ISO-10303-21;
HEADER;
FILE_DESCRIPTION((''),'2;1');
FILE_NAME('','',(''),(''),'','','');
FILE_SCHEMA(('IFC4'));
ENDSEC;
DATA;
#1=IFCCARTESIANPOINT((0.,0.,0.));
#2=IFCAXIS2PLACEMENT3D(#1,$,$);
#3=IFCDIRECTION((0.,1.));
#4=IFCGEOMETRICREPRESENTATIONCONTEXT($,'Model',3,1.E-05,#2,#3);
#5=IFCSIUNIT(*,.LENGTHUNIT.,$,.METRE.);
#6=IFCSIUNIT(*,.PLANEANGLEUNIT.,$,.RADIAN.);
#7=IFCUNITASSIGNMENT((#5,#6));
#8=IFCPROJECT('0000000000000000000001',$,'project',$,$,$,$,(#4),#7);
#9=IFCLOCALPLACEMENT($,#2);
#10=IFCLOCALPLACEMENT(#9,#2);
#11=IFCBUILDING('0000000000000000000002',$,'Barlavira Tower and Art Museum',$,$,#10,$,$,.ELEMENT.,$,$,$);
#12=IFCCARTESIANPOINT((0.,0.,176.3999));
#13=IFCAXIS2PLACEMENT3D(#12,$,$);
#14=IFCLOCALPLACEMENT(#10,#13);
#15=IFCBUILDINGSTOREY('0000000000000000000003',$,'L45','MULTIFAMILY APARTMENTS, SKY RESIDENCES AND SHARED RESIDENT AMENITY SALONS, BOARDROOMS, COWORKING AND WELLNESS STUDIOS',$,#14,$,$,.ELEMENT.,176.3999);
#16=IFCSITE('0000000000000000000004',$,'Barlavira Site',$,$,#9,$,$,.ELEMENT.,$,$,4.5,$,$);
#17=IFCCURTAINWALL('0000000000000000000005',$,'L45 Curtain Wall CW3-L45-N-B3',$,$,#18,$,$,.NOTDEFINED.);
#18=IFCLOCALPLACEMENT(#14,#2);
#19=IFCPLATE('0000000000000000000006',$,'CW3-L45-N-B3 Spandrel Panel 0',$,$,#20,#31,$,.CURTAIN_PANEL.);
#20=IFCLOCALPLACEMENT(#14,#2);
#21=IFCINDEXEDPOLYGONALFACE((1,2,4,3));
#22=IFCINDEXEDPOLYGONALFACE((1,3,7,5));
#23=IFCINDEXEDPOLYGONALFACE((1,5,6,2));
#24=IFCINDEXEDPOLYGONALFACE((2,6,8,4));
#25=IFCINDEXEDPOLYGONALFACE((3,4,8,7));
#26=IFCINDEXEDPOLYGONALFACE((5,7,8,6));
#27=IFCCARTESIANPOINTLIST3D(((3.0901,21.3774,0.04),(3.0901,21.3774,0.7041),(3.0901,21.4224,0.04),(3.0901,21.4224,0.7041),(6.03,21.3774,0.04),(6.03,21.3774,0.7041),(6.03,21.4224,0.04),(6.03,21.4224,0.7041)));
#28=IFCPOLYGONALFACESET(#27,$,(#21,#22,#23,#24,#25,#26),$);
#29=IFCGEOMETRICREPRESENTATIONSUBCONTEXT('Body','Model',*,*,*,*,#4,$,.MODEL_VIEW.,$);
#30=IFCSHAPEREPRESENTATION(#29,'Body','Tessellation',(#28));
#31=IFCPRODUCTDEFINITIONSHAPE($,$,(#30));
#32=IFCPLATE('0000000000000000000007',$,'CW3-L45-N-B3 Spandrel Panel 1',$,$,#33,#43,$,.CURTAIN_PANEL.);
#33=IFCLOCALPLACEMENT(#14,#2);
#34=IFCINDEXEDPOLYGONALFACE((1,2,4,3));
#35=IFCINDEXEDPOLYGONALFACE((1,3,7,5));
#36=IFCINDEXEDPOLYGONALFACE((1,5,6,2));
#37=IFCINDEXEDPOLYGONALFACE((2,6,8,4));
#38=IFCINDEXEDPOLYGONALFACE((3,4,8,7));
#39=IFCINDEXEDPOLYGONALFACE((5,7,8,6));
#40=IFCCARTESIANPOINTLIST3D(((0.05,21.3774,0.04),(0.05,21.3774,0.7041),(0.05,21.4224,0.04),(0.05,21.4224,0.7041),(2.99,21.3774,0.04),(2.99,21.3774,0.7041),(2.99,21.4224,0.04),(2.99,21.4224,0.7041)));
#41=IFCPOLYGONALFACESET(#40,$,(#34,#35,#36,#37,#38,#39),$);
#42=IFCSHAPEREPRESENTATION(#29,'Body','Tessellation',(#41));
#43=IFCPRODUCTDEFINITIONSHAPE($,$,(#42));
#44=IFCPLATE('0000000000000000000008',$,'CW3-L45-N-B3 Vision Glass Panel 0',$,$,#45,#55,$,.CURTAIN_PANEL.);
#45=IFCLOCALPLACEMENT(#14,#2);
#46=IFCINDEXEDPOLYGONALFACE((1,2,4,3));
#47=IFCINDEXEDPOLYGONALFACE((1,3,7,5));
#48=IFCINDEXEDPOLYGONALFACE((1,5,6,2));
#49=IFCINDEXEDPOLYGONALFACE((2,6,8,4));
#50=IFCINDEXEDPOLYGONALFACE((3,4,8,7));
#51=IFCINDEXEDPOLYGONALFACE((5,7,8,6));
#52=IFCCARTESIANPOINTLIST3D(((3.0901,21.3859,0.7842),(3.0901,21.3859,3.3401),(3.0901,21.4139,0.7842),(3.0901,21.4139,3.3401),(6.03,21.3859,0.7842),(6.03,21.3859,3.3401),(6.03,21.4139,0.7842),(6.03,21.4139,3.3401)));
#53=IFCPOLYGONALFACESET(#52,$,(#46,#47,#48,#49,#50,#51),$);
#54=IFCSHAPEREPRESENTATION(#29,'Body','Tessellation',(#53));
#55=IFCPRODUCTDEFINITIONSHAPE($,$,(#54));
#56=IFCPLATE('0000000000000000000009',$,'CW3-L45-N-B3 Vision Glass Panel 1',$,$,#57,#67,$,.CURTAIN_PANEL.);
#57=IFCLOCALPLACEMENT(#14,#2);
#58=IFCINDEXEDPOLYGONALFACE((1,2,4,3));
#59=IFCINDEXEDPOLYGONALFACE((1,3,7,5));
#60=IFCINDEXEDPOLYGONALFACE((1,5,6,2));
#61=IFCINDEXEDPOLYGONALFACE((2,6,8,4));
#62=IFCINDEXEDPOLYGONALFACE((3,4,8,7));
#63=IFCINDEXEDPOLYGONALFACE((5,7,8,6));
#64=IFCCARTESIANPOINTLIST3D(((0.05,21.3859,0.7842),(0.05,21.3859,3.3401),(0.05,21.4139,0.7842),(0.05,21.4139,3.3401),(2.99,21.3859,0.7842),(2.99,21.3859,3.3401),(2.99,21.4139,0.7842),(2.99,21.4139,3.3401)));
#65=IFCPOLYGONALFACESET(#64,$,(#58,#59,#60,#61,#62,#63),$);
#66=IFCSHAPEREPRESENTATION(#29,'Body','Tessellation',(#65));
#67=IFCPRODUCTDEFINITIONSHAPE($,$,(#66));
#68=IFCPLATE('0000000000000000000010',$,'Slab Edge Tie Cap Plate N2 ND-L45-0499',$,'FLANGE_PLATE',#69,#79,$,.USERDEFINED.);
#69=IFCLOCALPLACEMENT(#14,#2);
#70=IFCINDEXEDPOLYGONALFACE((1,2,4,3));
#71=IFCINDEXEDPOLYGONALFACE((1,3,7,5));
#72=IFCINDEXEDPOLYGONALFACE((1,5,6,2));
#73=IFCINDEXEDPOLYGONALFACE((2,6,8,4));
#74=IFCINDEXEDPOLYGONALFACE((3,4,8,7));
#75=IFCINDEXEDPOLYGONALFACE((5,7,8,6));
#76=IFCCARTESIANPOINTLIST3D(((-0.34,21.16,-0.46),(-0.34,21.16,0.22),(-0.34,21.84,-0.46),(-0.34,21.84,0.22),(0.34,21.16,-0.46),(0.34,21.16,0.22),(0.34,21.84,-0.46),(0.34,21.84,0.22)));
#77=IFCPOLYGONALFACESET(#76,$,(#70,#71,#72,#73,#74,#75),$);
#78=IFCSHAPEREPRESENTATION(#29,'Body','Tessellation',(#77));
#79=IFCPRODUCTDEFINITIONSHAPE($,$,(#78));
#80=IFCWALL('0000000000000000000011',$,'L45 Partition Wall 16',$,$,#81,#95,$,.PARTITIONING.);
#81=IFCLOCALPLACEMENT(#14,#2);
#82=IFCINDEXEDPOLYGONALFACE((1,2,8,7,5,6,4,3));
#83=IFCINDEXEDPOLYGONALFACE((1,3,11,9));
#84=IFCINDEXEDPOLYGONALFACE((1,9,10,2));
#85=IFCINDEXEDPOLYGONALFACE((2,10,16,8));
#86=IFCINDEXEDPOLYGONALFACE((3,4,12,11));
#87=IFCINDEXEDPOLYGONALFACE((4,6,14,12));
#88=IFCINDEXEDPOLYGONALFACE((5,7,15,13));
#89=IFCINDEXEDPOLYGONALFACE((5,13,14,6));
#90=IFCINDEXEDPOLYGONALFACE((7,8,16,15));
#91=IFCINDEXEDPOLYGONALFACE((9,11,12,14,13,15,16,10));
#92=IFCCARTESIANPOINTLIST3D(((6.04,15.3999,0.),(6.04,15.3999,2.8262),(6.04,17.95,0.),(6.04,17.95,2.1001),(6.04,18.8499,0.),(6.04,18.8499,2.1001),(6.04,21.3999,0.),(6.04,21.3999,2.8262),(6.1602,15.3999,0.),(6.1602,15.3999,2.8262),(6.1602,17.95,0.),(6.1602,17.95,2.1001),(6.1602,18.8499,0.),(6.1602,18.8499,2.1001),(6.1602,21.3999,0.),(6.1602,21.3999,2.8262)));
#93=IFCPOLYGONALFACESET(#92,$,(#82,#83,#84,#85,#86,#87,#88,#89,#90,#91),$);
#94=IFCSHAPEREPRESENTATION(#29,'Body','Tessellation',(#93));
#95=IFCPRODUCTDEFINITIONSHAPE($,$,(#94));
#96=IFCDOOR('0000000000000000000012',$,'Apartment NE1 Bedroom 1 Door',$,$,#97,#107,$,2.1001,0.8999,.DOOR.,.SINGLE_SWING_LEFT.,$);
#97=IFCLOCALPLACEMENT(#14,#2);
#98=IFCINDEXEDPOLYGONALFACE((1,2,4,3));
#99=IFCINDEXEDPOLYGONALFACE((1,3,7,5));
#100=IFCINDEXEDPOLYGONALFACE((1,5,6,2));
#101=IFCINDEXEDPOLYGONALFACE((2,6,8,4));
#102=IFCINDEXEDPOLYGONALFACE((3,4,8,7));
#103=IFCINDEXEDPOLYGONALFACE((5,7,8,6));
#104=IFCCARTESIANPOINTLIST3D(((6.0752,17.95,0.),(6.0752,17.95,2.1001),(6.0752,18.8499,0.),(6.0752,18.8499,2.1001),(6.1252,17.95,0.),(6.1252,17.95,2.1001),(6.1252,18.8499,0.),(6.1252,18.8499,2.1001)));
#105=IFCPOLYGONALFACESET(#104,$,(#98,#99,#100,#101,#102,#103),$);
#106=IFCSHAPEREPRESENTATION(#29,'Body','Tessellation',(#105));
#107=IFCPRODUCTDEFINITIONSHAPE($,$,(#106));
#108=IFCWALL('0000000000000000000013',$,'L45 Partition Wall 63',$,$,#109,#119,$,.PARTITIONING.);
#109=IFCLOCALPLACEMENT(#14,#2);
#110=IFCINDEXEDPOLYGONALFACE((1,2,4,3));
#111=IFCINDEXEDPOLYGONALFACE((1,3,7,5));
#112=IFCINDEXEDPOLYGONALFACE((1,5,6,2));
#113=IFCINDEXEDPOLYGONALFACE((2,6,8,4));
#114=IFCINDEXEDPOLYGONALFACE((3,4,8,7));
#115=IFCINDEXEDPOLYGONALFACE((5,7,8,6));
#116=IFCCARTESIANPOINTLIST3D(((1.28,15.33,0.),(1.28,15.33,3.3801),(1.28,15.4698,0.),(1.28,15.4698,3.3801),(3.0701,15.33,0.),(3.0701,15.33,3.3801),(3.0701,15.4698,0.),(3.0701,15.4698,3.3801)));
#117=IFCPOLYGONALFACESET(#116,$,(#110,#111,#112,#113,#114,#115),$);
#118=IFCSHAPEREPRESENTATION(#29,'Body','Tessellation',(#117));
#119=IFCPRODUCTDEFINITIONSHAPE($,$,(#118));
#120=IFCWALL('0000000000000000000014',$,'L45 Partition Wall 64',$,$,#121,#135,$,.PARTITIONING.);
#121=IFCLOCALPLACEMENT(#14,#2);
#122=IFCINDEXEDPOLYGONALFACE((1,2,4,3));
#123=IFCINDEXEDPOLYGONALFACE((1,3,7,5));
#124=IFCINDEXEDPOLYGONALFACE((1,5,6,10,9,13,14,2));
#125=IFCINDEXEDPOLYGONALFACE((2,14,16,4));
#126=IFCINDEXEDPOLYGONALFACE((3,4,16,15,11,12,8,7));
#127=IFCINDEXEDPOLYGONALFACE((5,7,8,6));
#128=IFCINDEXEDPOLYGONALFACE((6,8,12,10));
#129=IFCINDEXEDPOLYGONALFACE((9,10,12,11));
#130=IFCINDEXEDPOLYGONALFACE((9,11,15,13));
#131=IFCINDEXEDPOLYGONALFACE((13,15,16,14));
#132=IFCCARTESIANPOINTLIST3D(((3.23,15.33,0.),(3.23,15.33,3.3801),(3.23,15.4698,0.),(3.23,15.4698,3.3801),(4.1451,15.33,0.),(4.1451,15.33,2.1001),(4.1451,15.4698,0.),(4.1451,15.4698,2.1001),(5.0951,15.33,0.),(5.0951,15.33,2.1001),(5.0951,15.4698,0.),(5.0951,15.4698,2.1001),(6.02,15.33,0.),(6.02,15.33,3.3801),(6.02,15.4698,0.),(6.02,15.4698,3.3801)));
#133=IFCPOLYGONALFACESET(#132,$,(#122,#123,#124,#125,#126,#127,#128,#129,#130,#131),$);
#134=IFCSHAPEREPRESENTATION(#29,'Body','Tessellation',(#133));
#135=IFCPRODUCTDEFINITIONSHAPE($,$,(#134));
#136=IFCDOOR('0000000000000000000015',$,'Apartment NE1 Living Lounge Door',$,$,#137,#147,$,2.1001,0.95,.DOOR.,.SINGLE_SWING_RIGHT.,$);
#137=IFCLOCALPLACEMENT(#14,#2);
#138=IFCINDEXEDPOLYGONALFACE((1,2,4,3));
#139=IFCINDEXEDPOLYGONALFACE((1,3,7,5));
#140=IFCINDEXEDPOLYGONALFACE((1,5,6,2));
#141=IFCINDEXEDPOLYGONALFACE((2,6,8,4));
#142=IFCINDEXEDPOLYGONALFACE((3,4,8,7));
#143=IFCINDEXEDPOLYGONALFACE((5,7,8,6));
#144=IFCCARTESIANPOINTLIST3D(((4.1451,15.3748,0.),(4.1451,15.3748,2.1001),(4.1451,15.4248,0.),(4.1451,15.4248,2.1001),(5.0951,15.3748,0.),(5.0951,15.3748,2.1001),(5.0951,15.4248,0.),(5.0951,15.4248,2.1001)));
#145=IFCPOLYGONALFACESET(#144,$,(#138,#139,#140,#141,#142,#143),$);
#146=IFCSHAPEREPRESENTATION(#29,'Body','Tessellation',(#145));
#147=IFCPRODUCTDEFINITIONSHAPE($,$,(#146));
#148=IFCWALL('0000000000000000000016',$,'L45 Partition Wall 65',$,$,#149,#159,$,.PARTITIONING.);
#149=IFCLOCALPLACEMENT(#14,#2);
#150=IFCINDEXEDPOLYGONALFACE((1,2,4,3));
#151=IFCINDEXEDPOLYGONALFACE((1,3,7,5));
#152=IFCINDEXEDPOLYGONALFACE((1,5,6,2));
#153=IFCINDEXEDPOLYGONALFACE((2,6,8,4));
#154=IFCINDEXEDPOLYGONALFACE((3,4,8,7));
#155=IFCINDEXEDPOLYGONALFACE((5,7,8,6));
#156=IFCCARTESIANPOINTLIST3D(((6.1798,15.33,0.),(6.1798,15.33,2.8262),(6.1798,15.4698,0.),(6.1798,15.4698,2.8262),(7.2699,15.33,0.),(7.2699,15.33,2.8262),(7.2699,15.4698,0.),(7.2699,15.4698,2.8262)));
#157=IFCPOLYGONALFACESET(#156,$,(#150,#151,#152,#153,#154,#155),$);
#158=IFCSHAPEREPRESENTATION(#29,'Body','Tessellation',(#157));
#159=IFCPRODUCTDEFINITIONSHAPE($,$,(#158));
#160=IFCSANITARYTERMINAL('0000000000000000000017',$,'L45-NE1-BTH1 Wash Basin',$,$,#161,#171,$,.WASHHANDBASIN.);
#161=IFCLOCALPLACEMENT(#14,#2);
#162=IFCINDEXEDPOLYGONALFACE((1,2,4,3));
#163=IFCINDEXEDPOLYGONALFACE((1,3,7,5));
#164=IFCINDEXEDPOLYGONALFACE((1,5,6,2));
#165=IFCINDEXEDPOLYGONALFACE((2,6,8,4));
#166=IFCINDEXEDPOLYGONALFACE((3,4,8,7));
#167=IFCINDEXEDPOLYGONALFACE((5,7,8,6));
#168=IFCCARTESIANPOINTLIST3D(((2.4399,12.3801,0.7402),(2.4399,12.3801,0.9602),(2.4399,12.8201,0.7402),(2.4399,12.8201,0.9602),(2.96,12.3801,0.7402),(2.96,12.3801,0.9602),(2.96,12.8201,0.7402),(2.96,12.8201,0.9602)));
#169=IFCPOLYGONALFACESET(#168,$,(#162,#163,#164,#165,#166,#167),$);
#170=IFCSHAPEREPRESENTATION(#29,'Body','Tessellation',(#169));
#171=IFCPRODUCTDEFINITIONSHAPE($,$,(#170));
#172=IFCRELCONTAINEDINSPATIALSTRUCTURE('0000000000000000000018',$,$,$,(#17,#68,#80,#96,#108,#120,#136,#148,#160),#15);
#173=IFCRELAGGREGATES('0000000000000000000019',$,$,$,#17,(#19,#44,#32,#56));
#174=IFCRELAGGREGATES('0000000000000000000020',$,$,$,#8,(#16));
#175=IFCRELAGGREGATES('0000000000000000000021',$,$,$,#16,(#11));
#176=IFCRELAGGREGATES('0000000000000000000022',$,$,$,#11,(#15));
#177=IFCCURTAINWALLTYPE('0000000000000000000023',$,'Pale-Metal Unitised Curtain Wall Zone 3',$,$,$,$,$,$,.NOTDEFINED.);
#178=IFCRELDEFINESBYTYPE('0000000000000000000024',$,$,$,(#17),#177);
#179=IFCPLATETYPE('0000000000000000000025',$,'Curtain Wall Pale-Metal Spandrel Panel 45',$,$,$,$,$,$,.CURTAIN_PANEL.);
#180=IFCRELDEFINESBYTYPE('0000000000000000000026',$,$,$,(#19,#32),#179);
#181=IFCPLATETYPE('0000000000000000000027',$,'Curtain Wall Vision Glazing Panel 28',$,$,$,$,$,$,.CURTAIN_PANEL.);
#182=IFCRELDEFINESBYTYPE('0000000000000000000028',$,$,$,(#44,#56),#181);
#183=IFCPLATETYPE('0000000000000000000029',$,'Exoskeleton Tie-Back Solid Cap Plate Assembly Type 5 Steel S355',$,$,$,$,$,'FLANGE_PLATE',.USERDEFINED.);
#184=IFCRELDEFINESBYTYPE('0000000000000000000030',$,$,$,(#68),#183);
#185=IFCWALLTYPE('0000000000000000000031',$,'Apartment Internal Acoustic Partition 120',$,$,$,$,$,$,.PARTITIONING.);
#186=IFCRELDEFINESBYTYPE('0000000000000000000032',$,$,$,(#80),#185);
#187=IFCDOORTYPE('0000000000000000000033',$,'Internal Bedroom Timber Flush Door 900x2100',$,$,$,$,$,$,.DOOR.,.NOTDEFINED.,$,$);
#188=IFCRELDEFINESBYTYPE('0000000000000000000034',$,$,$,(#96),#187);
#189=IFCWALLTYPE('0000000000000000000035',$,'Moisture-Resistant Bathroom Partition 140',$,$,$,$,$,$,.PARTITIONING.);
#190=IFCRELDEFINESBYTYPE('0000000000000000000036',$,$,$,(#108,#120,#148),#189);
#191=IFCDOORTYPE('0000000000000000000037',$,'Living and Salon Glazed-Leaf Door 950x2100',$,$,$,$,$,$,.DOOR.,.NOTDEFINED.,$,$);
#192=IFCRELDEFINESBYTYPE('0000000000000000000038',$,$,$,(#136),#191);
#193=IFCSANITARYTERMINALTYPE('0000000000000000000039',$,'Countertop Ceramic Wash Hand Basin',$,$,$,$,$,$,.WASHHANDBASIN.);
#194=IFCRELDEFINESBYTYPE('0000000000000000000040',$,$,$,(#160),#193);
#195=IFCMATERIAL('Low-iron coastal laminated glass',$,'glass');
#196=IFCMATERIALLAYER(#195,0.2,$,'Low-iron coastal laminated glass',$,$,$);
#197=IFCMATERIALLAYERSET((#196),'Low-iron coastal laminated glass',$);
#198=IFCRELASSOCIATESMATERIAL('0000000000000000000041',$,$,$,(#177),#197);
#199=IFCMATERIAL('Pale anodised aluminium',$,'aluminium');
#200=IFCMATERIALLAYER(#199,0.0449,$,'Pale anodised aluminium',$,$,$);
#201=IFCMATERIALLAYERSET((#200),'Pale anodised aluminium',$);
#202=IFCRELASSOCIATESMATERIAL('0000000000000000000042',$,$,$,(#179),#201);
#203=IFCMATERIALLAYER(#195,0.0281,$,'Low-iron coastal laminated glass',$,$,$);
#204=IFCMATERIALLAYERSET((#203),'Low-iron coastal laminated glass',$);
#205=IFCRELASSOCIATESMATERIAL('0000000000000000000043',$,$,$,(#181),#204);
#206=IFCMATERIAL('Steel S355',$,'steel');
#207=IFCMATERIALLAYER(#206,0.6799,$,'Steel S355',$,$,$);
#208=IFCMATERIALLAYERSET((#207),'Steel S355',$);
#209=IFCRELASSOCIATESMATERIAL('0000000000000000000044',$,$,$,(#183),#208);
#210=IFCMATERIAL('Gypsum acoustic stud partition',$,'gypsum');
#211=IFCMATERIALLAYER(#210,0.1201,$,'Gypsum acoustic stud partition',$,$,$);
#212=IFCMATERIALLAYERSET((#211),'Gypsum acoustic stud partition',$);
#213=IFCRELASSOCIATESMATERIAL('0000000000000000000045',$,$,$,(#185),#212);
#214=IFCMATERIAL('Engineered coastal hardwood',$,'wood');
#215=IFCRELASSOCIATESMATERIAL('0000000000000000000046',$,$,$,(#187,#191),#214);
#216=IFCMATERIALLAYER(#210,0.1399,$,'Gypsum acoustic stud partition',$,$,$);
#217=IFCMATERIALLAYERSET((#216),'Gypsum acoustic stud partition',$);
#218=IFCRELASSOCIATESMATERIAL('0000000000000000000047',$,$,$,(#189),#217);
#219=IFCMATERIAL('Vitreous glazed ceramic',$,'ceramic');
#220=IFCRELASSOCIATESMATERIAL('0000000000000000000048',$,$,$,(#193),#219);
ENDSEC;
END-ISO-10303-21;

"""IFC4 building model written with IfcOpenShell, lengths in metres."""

from ifc_helpers import new_model, si_unit, direction, frame, frame_2d, origin, origin_2d, place, context, subcontext, project, spatial, rectangle, extrude, material, layer, layer_set, type_object, element, fill, aggregate, save


model = new_model("IFC4")

# Units and contexts
model_context = context("Model", 3, precision=1e-05, world=origin(), true_north=direction((0.0, 1.0)))
body_context = subcontext(model_context, "Body", "Model", "MODEL_VIEW")
ifc_project = project(units=[si_unit("LENGTHUNIT", "METRE"), si_unit("PLANEANGLEUNIT", "RADIAN")], contexts=[model_context])

# Site, building, storey
site_placement = place(None, origin())
site = spatial("IfcSite", under=ifc_project, at=site_placement, Name="Barlavira Site", CompositionType="ELEMENT", RefElevation=4.5)
building_placement = place(site_placement, origin())
building = spatial("IfcBuilding", under=site, at=building_placement, Name="Barlavira Tower and Art Museum", CompositionType="ELEMENT")
storey_placement = place(building_placement, frame((0.0, 0.0, 176.3999)))
storey = spatial("IfcBuildingStorey", under=building, at=storey_placement, Name="L45", Description="MULTIFAMILY APARTMENTS, SKY RESIDENCES AND SHARED RESIDENT AMENITY SALONS, BOARDROOMS, COWORKING AND WELLNESS STUDIOS", CompositionType="ELEMENT", Elevation=176.3999)

# Curtain wall
ifc_material_1 = material(Name="Low-iron coastal laminated glass", Category="glass")
ifc_layer_1 = layer(ifc_material_1, 0.2, Name="Low-iron coastal laminated glass")
ifc_layer_set_1 = layer_set([ifc_layer_1], Name="Low-iron coastal laminated glass")
curtain_wall_type = type_object("IfcCurtainWallType", Name="Pale-Metal Unitised Curtain Wall Zone 3", PredefinedType="NOTDEFINED", material=ifc_layer_set_1)
curtain_wall_placement = place(storey_placement, origin())
curtain_wall = element("IfcCurtainWall", 1, at=curtain_wall_placement, inside=storey, type_object=curtain_wall_type, Name="L45 Curtain Wall CW3-L45-N-B3", PredefinedType="NOTDEFINED")
ifc_material_2 = material(Name="Pale anodised aluminium", Category="aluminium")

# Shared definitions
ifc_material_3 = material(Name="Steel S355", Category="steel")

# Plates
ifc_layer_2 = layer(ifc_material_2, 0.0449, Name="Pale anodised aluminium")
ifc_layer_set_2 = layer_set([ifc_layer_2], Name="Pale anodised aluminium")
plate_type_1 = type_object("IfcPlateType", Name="Curtain Wall Pale-Metal Spandrel Panel 45", PredefinedType="CURTAIN_PANEL", material=ifc_layer_set_2)
plate_1_placement = place(storey_placement, frame((4.5601, 21.3999, 0.04), z_axis=(0.0, 0.0, 1.0), x_axis=(-1.0, 0.0, 0.0)))
plate_1 = element("IfcPlate", 2, at=plate_1_placement, type_object=plate_type_1, Name="CW3-L45-N-B3 Spandrel Panel 0", PredefinedType="CURTAIN_PANEL", context=body_context, shape_type="SweptSolid", body=[
    extrude(rectangle(XDim=2.9399, YDim=0.0449, at=origin_2d()), origin(), (0.0, 0.0, 1.0), 0.6641),
])
plate_2_placement = place(storey_placement, frame((1.52, 21.3999, 0.04), z_axis=(0.0, 0.0, 1.0), x_axis=(-1.0, 0.0, 0.0)))
plate_2 = element("IfcPlate", 3, at=plate_2_placement, type_object=plate_type_1, Name="CW3-L45-N-B3 Spandrel Panel 1", PredefinedType="CURTAIN_PANEL", context=body_context, shape_type="SweptSolid", body=[
    extrude(rectangle(XDim=2.9399, YDim=0.0449, at=origin_2d()), origin(), (0.0, 0.0, 1.0), 0.6641),
])
ifc_layer_3 = layer(ifc_material_1, 0.0281, Name="Low-iron coastal laminated glass")
ifc_layer_set_3 = layer_set([ifc_layer_3], Name="Low-iron coastal laminated glass")
plate_type_2 = type_object("IfcPlateType", Name="Curtain Wall Vision Glazing Panel 28", PredefinedType="CURTAIN_PANEL", material=ifc_layer_set_3)
plate_3_placement = place(storey_placement, frame((4.5601, 21.3999, 0.7842), z_axis=(0.0, 0.0, 1.0), x_axis=(-1.0, 0.0, 0.0)))
plate_3 = element("IfcPlate", 4, at=plate_3_placement, type_object=plate_type_2, Name="CW3-L45-N-B3 Vision Glass Panel 0", PredefinedType="CURTAIN_PANEL", context=body_context, shape_type="SweptSolid", body=[
    extrude(rectangle(XDim=2.9399, YDim=0.0281, at=origin_2d()), origin(), (0.0, 0.0, 1.0), 2.5559),
])
plate_4_placement = place(storey_placement, frame((1.52, 21.3999, 0.7842), z_axis=(0.0, 0.0, 1.0), x_axis=(-1.0, 0.0, 0.0)))
plate_4 = element("IfcPlate", 5, at=plate_4_placement, type_object=plate_type_2, Name="CW3-L45-N-B3 Vision Glass Panel 1", PredefinedType="CURTAIN_PANEL", context=body_context, shape_type="SweptSolid", body=[
    extrude(rectangle(XDim=2.9399, YDim=0.0281, at=origin_2d()), origin(), (0.0, 0.0, 1.0), 2.5559),
])
aggregate(curtain_wall, [plate_1, plate_3, plate_2, plate_4])
ifc_layer_4 = layer(ifc_material_3, 0.6799, Name="Steel S355")
ifc_layer_set_4 = layer_set([ifc_layer_4], Name="Steel S355")
plate_type_3 = type_object("IfcPlateType", Name="Exoskeleton Tie-Back Solid Cap Plate Assembly Type 5 Steel S355", ElementType="FLANGE_PLATE", PredefinedType="USERDEFINED", material=ifc_layer_set_4)
plate_5_placement = place(storey_placement, frame((0.0, 21.5, -0.46), z_axis=(0.0, 0.0, 1.0), x_axis=(1.0, 0.0, 0.0)))
element("IfcPlate", 6, at=plate_5_placement, inside=storey, type_object=plate_type_3, Name="Slab Edge Tie Cap Plate N2 ND-L45-0499", ObjectType="FLANGE_PLATE", PredefinedType="USERDEFINED", context=body_context, shape_type="SweptSolid", body=[
    extrude(rectangle(XDim=0.6799, YDim=0.6799, at=origin_2d()), origin(), (0.0, 0.0, 1.0), 0.6799),
])

# Wall, opening, door
ifc_material_4 = material(Name="Gypsum acoustic stud partition", Category="gypsum")
ifc_layer_5 = layer(ifc_material_4, 0.1201, Name="Gypsum acoustic stud partition")
ifc_layer_set_5 = layer_set([ifc_layer_5], Name="Gypsum acoustic stud partition")
wall_type_1 = type_object("IfcWallType", Name="Apartment Internal Acoustic Partition 120", PredefinedType="PARTITIONING", material=ifc_layer_set_5)
wall_1_placement = place(storey_placement, frame((6.1001, 15.3999, 0.0), z_axis=(0.0, 0.0, 1.0), x_axis=(0.0, 1.0, 0.0)))
wall_1 = element("IfcWall", 7, at=wall_1_placement, inside=storey, type_object=wall_type_1, Name="L45 Partition Wall 16", PredefinedType="PARTITIONING", context=body_context, shape_type="SweptSolid", body=[
    extrude(rectangle(XDim=6.0, YDim=0.1201, at=frame_2d((3.0, 0.0))), origin(), (0.0, 0.0, 1.0), 2.8262),
])
opening_1_placement = place(wall_1_placement, frame((2.55, 0.0, 0.0)))
opening_1 = element("IfcOpeningElement", 8, at=opening_1_placement, cuts=wall_1, PredefinedType="OPENING", context=body_context, shape_type="SweptSolid", body=[
    extrude(rectangle(XDim=0.8999, YDim=2.1001, at=frame_2d((0.45, 1.05))), frame((0.0, 0.0701, 0.0), z_axis=(0.0, -1.0, 0.0), x_axis=(1.0, 0.0, 0.0)), (0.0, 0.0, 1.0), 0.1401),
])
ifc_material_5 = material(Name="Engineered coastal hardwood", Category="wood")
door_type_1 = type_object("IfcDoorType", Name="Internal Bedroom Timber Flush Door 900x2100", OperationType="NOTDEFINED", PredefinedType="DOOR", material=ifc_material_5)
door_1_placement = place(opening_1_placement, origin())
door_1 = element("IfcDoor", 9, at=door_1_placement, inside=storey, type_object=door_type_1, Name="Apartment NE1 Bedroom 1 Door", OperationType="SINGLE_SWING_LEFT", OverallHeight=2.1001, OverallWidth=0.8999, PredefinedType="DOOR", context=body_context, shape_type="SweptSolid", body=[
    extrude(rectangle(XDim=0.8999, YDim=2.1001, at=frame_2d((0.45, 1.05))), frame((0.0, 0.0249, 0.0), z_axis=(0.0, -1.0, 0.0), x_axis=(1.0, 0.0, 0.0)), (0.0, 0.0, 1.0), 0.05),
])
fill(opening_1, door_1)

# Wall
ifc_layer_6 = layer(ifc_material_4, 0.1399, Name="Gypsum acoustic stud partition")
ifc_layer_set_6 = layer_set([ifc_layer_6], Name="Gypsum acoustic stud partition")
wall_type_2 = type_object("IfcWallType", Name="Moisture-Resistant Bathroom Partition 140", PredefinedType="PARTITIONING", material=ifc_layer_set_6)
wall_2_placement = place(storey_placement, frame((1.28, 15.3999, 0.0), z_axis=(0.0, 0.0, 1.0), x_axis=(1.0, 0.0, 0.0)))
element("IfcWall", 10, at=wall_2_placement, inside=storey, type_object=wall_type_2, Name="L45 Partition Wall 63", PredefinedType="PARTITIONING", context=body_context, shape_type="SweptSolid", body=[
    extrude(rectangle(XDim=1.79, YDim=0.1399, at=frame_2d((0.895, 0.0))), origin(), (0.0, 0.0, 1.0), 3.3801),
])

# Wall, opening, door
wall_3_placement = place(storey_placement, frame((3.23, 15.3999, 0.0), z_axis=(0.0, 0.0, 1.0), x_axis=(1.0, 0.0, 0.0)))
wall_3 = element("IfcWall", 11, at=wall_3_placement, inside=storey, type_object=wall_type_2, Name="L45 Partition Wall 64", PredefinedType="PARTITIONING", context=body_context, shape_type="SweptSolid", body=[
    extrude(rectangle(XDim=2.79, YDim=0.1399, at=frame_2d((1.395, 0.0))), origin(), (0.0, 0.0, 1.0), 3.3801),
])
opening_2_placement = place(wall_3_placement, frame((0.915, 0.0, 0.0)))
opening_2 = element("IfcOpeningElement", 12, at=opening_2_placement, cuts=wall_3, PredefinedType="OPENING", context=body_context, shape_type="SweptSolid", body=[
    extrude(rectangle(XDim=0.95, YDim=2.1001, at=frame_2d((0.4751, 1.05))), frame((0.0, 0.0801, 0.0), z_axis=(0.0, -1.0, 0.0), x_axis=(1.0, 0.0, 0.0)), (0.0, 0.0, 1.0), 0.1599),
])
door_type_2 = type_object("IfcDoorType", Name="Living and Salon Glazed-Leaf Door 950x2100", OperationType="NOTDEFINED", PredefinedType="DOOR", material=ifc_material_5)
door_2_placement = place(opening_2_placement, origin())
door_2 = element("IfcDoor", 13, at=door_2_placement, inside=storey, type_object=door_type_2, Name="Apartment NE1 Living Lounge Door", OperationType="SINGLE_SWING_RIGHT", OverallHeight=2.1001, OverallWidth=0.95, PredefinedType="DOOR", context=body_context, shape_type="SweptSolid", body=[
    extrude(rectangle(XDim=0.95, YDim=2.1001, at=frame_2d((0.4751, 1.05))), frame((0.0, 0.0249, 0.0), z_axis=(0.0, -1.0, 0.0), x_axis=(1.0, 0.0, 0.0)), (0.0, 0.0, 1.0), 0.05),
])
fill(opening_2, door_2)

# Wall
wall_4_placement = place(storey_placement, frame((6.1799, 15.3999, 0.0), z_axis=(0.0, 0.0, 1.0), x_axis=(1.0, 0.0, 0.0)))
element("IfcWall", 14, at=wall_4_placement, inside=storey, type_object=wall_type_2, Name="L45 Partition Wall 65", PredefinedType="PARTITIONING", context=body_context, shape_type="SweptSolid", body=[
    extrude(rectangle(XDim=1.0901, YDim=0.1399, at=frame_2d((0.5449, 0.0))), origin(), (0.0, 0.0, 1.0), 2.8262),
])

# Sanitary terminal
ifc_material_6 = material(Name="Vitreous glazed ceramic", Category="ceramic")
sanitary_terminal_type_1 = type_object("IfcSanitaryTerminalType", Name="Countertop Ceramic Wash Hand Basin", PredefinedType="WASHHANDBASIN", material=ifc_material_6)
sanitary_terminal_1_placement = place(storey_placement, frame((2.7, 12.6001, 0.7402), z_axis=(0.0, 0.0, 1.0), x_axis=(1.0, 0.0, 0.0)))
element("IfcSanitaryTerminal", 15, at=sanitary_terminal_1_placement, inside=storey, type_object=sanitary_terminal_type_1, Name="L45-NE1-BTH1 Wash Basin", PredefinedType="WASHHANDBASIN", context=body_context, shape_type="SweptSolid", body=[
    extrude(rectangle(XDim=0.52, YDim=0.4399, at=origin_2d()), origin(), (0.0, 0.0, 1.0), 0.22),
])

save(model, "model.ifc")
